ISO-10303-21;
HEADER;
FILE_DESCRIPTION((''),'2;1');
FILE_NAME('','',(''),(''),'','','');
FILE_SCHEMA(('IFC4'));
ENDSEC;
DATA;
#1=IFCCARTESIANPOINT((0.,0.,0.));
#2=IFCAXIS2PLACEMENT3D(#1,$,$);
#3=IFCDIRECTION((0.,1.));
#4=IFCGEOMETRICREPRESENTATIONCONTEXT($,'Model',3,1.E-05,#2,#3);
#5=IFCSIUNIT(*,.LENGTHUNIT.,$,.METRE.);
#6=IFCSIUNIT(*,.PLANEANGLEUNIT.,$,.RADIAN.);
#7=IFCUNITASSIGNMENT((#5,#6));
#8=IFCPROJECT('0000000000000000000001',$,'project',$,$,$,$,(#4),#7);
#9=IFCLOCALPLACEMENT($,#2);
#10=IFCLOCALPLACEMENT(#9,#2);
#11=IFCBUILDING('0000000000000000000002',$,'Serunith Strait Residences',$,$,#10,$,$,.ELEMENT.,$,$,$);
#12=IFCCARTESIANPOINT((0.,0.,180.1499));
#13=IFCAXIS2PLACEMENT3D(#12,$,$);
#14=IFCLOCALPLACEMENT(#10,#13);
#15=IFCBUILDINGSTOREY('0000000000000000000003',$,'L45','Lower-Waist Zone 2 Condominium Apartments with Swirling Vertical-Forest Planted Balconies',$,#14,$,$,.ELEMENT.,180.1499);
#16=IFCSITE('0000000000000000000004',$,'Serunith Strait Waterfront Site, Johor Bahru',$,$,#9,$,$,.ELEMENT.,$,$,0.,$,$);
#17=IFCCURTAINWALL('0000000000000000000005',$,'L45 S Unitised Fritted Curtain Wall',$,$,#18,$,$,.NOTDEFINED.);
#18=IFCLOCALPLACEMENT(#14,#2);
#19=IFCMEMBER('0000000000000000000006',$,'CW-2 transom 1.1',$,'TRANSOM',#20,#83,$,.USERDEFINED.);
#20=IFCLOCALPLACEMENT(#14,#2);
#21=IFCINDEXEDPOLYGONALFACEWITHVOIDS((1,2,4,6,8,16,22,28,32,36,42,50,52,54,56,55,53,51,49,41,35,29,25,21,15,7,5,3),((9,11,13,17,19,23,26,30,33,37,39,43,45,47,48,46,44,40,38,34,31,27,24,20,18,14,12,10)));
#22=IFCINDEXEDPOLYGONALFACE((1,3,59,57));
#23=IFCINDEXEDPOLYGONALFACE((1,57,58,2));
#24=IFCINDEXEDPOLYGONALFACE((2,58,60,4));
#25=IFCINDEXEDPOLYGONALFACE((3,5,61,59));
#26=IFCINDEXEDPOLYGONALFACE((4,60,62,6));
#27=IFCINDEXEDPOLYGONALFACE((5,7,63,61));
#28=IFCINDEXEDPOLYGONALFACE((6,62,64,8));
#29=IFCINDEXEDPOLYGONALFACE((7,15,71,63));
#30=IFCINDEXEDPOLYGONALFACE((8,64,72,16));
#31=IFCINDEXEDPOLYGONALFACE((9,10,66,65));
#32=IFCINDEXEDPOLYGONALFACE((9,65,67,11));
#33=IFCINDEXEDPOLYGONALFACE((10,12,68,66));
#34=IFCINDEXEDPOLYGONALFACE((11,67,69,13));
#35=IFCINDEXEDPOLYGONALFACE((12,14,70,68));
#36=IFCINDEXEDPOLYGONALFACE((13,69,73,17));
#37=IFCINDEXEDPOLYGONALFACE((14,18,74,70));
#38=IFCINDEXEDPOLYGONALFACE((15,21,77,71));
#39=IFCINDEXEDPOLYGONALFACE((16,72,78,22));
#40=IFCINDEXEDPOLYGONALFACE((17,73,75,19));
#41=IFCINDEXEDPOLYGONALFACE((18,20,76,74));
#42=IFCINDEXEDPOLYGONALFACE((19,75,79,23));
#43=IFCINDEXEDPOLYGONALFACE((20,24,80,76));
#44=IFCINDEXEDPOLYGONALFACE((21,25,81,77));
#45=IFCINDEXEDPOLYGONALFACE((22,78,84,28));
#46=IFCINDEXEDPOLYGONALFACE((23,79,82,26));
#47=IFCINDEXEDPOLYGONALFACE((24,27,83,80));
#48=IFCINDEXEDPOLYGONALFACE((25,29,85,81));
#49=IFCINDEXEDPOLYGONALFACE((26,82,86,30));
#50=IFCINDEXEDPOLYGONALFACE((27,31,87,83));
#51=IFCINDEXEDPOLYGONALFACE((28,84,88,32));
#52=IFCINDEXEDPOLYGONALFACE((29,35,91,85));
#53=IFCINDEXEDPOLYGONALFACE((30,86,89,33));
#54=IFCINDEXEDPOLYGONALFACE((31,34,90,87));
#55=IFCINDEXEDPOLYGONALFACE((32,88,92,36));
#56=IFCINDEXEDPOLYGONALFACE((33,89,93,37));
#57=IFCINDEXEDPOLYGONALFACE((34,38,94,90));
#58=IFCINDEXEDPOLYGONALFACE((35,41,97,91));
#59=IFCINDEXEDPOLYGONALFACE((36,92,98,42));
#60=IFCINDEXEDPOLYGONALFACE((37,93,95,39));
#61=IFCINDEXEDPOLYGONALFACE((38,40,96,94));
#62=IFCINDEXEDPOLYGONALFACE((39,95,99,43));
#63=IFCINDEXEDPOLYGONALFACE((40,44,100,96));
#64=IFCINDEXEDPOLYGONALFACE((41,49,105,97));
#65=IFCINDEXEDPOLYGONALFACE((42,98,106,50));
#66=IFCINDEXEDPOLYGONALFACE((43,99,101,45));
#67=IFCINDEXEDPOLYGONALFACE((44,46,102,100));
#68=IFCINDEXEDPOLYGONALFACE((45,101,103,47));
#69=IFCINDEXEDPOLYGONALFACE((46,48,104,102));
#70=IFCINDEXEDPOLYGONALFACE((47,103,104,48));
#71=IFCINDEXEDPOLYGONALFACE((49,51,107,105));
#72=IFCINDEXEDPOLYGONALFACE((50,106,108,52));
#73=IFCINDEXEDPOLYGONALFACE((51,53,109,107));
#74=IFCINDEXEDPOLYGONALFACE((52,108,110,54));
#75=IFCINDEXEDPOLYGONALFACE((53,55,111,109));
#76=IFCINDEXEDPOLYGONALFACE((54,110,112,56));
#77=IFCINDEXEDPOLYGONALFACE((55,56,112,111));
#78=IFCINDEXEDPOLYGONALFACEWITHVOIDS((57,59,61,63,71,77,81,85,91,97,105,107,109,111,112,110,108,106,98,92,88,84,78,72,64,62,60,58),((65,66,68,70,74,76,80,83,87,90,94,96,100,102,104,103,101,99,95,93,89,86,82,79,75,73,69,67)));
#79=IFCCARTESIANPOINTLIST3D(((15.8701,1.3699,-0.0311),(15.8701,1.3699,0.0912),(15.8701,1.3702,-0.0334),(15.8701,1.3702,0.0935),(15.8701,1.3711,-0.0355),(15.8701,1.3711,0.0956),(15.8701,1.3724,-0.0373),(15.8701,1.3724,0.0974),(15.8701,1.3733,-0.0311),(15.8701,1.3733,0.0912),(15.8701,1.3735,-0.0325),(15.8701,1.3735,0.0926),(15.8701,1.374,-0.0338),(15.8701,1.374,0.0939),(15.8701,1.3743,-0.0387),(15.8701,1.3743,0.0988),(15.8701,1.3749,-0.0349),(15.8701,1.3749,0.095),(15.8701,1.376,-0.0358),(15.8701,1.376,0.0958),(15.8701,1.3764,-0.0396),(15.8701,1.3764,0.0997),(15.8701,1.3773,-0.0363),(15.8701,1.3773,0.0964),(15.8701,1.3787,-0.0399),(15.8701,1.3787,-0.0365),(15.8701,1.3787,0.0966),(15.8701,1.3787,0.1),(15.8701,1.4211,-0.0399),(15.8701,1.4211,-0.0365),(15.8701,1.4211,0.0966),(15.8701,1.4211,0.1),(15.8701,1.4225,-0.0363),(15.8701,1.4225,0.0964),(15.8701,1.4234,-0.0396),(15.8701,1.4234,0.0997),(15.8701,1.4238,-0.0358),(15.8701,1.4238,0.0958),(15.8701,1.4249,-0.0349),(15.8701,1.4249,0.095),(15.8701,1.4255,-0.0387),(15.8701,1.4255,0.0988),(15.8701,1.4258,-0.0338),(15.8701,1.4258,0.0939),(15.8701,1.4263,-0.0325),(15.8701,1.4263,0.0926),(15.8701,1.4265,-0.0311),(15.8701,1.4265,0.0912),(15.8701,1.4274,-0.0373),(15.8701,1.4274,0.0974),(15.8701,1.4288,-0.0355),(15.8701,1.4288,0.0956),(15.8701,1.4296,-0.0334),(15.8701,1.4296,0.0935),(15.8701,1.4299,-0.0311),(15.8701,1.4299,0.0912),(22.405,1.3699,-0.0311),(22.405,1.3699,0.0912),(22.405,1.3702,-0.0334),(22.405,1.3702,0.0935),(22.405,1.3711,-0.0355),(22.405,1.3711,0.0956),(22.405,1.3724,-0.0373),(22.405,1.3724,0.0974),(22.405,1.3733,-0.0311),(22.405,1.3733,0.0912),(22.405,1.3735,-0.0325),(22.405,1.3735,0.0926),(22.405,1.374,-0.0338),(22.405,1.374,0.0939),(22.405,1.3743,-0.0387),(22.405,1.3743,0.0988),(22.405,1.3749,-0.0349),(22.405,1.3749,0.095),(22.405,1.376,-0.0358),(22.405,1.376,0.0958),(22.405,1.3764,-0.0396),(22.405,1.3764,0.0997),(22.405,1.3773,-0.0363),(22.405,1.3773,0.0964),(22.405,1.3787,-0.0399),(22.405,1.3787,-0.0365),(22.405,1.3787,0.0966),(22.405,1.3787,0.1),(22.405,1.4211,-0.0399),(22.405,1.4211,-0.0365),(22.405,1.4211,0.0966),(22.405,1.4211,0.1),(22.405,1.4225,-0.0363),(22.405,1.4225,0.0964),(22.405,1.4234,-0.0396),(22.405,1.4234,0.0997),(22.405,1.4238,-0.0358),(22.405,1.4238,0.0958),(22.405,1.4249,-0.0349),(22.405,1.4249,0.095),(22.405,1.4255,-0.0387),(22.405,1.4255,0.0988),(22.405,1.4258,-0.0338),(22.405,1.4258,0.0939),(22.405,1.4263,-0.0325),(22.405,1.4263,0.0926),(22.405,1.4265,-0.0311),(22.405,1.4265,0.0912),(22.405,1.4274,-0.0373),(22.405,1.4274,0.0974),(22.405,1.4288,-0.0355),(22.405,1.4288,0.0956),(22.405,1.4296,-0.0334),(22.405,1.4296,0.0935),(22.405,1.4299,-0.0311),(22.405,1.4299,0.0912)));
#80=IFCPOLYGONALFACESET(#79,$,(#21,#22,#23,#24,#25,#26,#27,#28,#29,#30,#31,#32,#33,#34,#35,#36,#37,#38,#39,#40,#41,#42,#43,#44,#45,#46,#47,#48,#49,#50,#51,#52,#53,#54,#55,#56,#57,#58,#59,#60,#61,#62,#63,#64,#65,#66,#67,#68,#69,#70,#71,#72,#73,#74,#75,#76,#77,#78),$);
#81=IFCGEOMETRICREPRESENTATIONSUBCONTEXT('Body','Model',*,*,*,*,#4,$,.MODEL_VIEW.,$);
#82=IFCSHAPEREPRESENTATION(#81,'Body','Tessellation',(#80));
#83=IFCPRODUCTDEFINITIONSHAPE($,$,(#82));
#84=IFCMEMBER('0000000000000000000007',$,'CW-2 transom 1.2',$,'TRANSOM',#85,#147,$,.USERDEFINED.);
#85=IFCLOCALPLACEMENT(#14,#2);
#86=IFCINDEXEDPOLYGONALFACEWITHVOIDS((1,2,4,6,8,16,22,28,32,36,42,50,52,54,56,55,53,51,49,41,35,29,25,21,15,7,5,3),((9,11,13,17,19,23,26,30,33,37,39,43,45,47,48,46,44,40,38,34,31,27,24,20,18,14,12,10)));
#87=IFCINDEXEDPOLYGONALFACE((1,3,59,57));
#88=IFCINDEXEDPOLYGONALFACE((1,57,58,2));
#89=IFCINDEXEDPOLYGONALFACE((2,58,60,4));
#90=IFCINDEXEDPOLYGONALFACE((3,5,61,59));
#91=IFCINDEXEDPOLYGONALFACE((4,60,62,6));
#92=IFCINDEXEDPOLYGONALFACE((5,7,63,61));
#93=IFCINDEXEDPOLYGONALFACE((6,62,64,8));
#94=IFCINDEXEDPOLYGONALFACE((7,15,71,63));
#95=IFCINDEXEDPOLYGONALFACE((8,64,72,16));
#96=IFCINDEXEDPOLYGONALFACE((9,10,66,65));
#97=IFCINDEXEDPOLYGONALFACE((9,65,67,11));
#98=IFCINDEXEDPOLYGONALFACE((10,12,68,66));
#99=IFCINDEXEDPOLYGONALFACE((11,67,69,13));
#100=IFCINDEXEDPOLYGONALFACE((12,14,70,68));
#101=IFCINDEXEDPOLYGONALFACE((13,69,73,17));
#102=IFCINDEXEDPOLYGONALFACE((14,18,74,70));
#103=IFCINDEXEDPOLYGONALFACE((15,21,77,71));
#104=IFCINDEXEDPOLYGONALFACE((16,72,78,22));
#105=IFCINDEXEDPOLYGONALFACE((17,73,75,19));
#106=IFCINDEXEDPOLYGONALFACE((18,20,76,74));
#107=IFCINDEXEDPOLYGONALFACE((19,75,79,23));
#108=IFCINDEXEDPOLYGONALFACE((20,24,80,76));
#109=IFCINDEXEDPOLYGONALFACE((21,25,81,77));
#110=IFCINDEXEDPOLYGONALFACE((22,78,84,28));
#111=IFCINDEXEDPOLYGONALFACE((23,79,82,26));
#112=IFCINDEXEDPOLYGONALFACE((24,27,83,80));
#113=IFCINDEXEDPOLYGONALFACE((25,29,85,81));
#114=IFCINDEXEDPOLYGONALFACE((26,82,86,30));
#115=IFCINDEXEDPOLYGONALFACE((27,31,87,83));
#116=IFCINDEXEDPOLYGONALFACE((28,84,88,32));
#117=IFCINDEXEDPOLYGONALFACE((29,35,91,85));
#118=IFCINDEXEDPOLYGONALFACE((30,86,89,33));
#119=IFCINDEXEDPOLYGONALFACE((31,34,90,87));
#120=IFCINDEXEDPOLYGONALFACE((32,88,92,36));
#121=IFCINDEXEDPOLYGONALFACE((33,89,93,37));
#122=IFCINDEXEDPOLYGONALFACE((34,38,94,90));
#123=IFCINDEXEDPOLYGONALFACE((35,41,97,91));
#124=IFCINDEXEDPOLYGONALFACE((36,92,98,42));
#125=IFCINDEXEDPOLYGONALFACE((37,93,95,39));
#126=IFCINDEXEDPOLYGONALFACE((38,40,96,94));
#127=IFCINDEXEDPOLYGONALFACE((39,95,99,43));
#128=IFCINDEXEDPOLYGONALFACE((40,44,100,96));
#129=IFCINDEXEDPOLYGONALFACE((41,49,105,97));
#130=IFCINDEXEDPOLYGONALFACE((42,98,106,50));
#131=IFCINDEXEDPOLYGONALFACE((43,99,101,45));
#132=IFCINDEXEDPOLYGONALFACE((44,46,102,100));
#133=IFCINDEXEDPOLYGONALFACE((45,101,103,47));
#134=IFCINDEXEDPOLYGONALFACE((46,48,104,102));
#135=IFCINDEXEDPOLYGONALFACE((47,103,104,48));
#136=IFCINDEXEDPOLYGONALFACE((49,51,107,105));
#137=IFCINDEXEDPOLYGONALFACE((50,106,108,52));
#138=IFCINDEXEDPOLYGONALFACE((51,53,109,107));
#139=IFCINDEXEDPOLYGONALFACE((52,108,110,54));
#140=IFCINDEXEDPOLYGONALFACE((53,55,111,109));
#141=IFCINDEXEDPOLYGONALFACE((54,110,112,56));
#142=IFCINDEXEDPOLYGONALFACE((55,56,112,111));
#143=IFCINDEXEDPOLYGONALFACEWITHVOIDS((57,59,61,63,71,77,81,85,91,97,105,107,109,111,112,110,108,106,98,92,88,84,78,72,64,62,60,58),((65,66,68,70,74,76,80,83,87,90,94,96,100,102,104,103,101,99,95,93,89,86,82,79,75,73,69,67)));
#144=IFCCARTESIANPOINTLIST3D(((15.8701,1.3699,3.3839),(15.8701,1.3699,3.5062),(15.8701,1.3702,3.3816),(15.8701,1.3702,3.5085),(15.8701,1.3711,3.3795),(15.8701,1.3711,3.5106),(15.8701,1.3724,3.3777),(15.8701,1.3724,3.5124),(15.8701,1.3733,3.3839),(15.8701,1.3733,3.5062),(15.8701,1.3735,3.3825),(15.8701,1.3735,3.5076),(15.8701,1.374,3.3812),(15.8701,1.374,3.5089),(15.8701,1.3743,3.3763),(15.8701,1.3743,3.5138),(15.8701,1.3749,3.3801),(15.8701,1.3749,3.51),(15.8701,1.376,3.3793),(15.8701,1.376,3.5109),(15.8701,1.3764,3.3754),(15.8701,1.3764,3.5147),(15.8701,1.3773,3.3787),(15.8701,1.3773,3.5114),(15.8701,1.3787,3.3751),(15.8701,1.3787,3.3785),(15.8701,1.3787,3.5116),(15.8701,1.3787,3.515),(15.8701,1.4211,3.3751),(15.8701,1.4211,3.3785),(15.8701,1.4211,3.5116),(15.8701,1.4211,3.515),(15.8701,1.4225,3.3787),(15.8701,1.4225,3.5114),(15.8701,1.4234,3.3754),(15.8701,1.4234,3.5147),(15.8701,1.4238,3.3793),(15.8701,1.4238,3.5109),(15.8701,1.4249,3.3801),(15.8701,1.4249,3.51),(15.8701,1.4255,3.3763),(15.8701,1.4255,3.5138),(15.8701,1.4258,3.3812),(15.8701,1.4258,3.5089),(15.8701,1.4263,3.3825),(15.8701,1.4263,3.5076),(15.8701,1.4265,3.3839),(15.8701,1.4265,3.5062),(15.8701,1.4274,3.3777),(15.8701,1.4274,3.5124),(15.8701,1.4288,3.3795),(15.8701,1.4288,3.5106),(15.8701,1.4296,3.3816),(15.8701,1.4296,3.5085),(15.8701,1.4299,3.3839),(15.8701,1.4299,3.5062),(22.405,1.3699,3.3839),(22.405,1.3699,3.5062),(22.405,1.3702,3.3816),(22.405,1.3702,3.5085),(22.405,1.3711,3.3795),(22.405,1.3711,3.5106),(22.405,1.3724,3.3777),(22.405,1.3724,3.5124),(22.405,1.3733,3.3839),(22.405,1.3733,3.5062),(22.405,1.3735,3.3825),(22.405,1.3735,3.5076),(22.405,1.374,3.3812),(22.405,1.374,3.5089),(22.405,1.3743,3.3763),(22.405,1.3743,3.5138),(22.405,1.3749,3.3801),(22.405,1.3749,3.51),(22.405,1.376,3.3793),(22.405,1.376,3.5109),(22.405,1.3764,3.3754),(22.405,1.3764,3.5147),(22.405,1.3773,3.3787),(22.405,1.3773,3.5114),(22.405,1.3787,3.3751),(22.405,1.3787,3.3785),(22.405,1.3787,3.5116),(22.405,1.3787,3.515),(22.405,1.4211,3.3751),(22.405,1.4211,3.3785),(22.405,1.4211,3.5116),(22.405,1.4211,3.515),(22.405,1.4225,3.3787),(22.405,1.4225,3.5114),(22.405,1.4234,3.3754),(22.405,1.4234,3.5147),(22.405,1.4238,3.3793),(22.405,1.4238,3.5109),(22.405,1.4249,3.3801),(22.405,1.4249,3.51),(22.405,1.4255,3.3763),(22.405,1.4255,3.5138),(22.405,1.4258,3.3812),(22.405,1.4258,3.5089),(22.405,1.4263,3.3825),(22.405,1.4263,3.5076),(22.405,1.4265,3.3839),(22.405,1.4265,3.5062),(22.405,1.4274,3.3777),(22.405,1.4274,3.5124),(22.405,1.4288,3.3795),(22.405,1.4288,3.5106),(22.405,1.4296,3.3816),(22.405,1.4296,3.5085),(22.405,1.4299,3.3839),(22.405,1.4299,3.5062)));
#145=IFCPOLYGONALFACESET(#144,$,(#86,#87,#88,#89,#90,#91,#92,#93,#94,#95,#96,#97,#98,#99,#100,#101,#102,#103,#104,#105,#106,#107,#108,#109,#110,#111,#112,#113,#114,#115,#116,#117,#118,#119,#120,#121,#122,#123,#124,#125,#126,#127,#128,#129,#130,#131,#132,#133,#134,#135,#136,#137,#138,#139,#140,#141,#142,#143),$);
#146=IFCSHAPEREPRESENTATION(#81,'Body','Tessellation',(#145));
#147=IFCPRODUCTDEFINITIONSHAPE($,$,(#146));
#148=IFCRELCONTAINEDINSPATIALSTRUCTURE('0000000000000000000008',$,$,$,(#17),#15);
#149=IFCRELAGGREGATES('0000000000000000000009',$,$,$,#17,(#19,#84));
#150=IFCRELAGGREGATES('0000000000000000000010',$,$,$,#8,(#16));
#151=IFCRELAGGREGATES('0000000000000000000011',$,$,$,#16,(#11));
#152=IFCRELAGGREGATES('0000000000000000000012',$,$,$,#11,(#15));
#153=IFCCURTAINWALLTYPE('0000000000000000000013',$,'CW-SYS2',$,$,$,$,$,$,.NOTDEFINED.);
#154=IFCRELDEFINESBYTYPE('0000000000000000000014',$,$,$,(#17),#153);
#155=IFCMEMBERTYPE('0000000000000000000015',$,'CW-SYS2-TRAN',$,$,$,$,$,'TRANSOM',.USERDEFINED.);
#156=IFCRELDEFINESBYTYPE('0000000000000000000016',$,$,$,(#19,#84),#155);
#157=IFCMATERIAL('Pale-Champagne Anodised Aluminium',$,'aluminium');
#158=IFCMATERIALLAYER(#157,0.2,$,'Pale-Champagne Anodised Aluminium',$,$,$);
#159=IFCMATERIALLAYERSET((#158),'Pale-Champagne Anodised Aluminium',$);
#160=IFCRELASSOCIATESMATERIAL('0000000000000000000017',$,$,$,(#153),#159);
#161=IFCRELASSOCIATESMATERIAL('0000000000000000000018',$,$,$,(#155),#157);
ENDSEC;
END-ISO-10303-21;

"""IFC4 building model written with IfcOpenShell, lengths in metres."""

from ifc_helpers import new_model, si_unit, direction, frame, origin, origin_2d, place, context, subcontext, project, spatial, hollow_rectangle, extrude, source, transform, mapped, material, layer, layer_set, material_profile, profile_set, type_object, element, aggregate, save


model = new_model("IFC4")

# Units and contexts
model_context = context("Model", 3, precision=1e-05, world=origin(), true_north=direction((0.0, 1.0)))
body_context = subcontext(model_context, "Body", "Model", "MODEL_VIEW")
ifc_project = project(units=[si_unit("LENGTHUNIT", "METRE"), si_unit("PLANEANGLEUNIT", "RADIAN")], contexts=[model_context])

# Site, building, storey
site_placement = place(None, origin())
site = spatial("IfcSite", under=ifc_project, at=site_placement, Name="Serunith Strait Waterfront Site, Johor Bahru", CompositionType="ELEMENT", RefElevation=0.0)
building_placement = place(site_placement, origin())
building = spatial("IfcBuilding", under=site, at=building_placement, Name="Serunith Strait Residences", CompositionType="ELEMENT")
storey_placement = place(building_placement, frame((0.0, 0.0, 180.1499)))
storey = spatial("IfcBuildingStorey", under=building, at=storey_placement, Name="L45", Description="Lower-Waist Zone 2 Condominium Apartments with Swirling Vertical-Forest Planted Balconies", CompositionType="ELEMENT", Elevation=180.1499)

# Curtain wall
ifc_material_1 = material(Name="Pale-Champagne Anodised Aluminium", Category="aluminium")
ifc_layer_1 = layer(ifc_material_1, 0.2, Name="Pale-Champagne Anodised Aluminium")
ifc_layer_set_1 = layer_set([ifc_layer_1], Name="Pale-Champagne Anodised Aluminium")
curtain_wall_type = type_object("IfcCurtainWallType", Name="CW-SYS2", PredefinedType="NOTDEFINED", material=ifc_layer_set_1)
curtain_wall_1_placement = place(storey_placement, origin())
curtain_wall_1 = element("IfcCurtainWall", 1, at=curtain_wall_1_placement, inside=storey, type_object=curtain_wall_type, Name="L45 S Unitised Fritted Curtain Wall", PredefinedType="NOTDEFINED")

# Members
ifc_material_profile_1 = material_profile(ifc_material_1, hollow_rectangle(XDim=0.0601, YDim=0.1399, WallThickness=0.0034, InnerFilletRadius=0.0054, OuterFilletRadius=0.0088, at=origin_2d()), Name="ALU 140x60x3.5")
ifc_profile_set_1 = profile_set([ifc_material_profile_1], Name="Pale-Champagne Anodised Aluminium")
member_type_1 = type_object("IfcMemberType", Name="CW-SYS2-TRAN", ElementType="TRANSOM", PredefinedType="USERDEFINED", material=ifc_profile_set_1)
shared_shape_1 = source(origin(), body_context, "Body", "SweptSolid", [
    extrude(hollow_rectangle(XDim=0.0601, YDim=0.1399, WallThickness=0.0034, InnerFilletRadius=0.0054, OuterFilletRadius=0.0088, at=origin_2d()), origin(), (0.0, 0.0, 1.0), 6.5349),
])
member_1_placement = place(storey_placement, frame((15.8701, 1.3999, 0.03), z_axis=(1.0, 0.0, 0.0), x_axis=(0.0, 1.0, 0.0)))
member_1 = element("IfcMember", 2, at=member_1_placement, type_object=member_type_1, Name="CW-2 transom 1.1", ObjectType="TRANSOM", PredefinedType="USERDEFINED", context=body_context, shape_type="MappedRepresentation", body=[
    mapped(shared_shape_1, transform((0.0, 0.0, 0.0), scale=1.0)),
])
member_2_placement = place(storey_placement, frame((15.8701, 1.3999, 3.4451), z_axis=(1.0, 0.0, 0.0), x_axis=(0.0, 1.0, 0.0)))
member_2 = element("IfcMember", 3, at=member_2_placement, type_object=member_type_1, Name="CW-2 transom 1.2", ObjectType="TRANSOM", PredefinedType="USERDEFINED", context=body_context, shape_type="MappedRepresentation", body=[
    mapped(shared_shape_1, transform((0.0, 0.0, 0.0), scale=1.0)),
])
aggregate(curtain_wall_1, [member_1, member_2])

save(model, "model.ifc")
